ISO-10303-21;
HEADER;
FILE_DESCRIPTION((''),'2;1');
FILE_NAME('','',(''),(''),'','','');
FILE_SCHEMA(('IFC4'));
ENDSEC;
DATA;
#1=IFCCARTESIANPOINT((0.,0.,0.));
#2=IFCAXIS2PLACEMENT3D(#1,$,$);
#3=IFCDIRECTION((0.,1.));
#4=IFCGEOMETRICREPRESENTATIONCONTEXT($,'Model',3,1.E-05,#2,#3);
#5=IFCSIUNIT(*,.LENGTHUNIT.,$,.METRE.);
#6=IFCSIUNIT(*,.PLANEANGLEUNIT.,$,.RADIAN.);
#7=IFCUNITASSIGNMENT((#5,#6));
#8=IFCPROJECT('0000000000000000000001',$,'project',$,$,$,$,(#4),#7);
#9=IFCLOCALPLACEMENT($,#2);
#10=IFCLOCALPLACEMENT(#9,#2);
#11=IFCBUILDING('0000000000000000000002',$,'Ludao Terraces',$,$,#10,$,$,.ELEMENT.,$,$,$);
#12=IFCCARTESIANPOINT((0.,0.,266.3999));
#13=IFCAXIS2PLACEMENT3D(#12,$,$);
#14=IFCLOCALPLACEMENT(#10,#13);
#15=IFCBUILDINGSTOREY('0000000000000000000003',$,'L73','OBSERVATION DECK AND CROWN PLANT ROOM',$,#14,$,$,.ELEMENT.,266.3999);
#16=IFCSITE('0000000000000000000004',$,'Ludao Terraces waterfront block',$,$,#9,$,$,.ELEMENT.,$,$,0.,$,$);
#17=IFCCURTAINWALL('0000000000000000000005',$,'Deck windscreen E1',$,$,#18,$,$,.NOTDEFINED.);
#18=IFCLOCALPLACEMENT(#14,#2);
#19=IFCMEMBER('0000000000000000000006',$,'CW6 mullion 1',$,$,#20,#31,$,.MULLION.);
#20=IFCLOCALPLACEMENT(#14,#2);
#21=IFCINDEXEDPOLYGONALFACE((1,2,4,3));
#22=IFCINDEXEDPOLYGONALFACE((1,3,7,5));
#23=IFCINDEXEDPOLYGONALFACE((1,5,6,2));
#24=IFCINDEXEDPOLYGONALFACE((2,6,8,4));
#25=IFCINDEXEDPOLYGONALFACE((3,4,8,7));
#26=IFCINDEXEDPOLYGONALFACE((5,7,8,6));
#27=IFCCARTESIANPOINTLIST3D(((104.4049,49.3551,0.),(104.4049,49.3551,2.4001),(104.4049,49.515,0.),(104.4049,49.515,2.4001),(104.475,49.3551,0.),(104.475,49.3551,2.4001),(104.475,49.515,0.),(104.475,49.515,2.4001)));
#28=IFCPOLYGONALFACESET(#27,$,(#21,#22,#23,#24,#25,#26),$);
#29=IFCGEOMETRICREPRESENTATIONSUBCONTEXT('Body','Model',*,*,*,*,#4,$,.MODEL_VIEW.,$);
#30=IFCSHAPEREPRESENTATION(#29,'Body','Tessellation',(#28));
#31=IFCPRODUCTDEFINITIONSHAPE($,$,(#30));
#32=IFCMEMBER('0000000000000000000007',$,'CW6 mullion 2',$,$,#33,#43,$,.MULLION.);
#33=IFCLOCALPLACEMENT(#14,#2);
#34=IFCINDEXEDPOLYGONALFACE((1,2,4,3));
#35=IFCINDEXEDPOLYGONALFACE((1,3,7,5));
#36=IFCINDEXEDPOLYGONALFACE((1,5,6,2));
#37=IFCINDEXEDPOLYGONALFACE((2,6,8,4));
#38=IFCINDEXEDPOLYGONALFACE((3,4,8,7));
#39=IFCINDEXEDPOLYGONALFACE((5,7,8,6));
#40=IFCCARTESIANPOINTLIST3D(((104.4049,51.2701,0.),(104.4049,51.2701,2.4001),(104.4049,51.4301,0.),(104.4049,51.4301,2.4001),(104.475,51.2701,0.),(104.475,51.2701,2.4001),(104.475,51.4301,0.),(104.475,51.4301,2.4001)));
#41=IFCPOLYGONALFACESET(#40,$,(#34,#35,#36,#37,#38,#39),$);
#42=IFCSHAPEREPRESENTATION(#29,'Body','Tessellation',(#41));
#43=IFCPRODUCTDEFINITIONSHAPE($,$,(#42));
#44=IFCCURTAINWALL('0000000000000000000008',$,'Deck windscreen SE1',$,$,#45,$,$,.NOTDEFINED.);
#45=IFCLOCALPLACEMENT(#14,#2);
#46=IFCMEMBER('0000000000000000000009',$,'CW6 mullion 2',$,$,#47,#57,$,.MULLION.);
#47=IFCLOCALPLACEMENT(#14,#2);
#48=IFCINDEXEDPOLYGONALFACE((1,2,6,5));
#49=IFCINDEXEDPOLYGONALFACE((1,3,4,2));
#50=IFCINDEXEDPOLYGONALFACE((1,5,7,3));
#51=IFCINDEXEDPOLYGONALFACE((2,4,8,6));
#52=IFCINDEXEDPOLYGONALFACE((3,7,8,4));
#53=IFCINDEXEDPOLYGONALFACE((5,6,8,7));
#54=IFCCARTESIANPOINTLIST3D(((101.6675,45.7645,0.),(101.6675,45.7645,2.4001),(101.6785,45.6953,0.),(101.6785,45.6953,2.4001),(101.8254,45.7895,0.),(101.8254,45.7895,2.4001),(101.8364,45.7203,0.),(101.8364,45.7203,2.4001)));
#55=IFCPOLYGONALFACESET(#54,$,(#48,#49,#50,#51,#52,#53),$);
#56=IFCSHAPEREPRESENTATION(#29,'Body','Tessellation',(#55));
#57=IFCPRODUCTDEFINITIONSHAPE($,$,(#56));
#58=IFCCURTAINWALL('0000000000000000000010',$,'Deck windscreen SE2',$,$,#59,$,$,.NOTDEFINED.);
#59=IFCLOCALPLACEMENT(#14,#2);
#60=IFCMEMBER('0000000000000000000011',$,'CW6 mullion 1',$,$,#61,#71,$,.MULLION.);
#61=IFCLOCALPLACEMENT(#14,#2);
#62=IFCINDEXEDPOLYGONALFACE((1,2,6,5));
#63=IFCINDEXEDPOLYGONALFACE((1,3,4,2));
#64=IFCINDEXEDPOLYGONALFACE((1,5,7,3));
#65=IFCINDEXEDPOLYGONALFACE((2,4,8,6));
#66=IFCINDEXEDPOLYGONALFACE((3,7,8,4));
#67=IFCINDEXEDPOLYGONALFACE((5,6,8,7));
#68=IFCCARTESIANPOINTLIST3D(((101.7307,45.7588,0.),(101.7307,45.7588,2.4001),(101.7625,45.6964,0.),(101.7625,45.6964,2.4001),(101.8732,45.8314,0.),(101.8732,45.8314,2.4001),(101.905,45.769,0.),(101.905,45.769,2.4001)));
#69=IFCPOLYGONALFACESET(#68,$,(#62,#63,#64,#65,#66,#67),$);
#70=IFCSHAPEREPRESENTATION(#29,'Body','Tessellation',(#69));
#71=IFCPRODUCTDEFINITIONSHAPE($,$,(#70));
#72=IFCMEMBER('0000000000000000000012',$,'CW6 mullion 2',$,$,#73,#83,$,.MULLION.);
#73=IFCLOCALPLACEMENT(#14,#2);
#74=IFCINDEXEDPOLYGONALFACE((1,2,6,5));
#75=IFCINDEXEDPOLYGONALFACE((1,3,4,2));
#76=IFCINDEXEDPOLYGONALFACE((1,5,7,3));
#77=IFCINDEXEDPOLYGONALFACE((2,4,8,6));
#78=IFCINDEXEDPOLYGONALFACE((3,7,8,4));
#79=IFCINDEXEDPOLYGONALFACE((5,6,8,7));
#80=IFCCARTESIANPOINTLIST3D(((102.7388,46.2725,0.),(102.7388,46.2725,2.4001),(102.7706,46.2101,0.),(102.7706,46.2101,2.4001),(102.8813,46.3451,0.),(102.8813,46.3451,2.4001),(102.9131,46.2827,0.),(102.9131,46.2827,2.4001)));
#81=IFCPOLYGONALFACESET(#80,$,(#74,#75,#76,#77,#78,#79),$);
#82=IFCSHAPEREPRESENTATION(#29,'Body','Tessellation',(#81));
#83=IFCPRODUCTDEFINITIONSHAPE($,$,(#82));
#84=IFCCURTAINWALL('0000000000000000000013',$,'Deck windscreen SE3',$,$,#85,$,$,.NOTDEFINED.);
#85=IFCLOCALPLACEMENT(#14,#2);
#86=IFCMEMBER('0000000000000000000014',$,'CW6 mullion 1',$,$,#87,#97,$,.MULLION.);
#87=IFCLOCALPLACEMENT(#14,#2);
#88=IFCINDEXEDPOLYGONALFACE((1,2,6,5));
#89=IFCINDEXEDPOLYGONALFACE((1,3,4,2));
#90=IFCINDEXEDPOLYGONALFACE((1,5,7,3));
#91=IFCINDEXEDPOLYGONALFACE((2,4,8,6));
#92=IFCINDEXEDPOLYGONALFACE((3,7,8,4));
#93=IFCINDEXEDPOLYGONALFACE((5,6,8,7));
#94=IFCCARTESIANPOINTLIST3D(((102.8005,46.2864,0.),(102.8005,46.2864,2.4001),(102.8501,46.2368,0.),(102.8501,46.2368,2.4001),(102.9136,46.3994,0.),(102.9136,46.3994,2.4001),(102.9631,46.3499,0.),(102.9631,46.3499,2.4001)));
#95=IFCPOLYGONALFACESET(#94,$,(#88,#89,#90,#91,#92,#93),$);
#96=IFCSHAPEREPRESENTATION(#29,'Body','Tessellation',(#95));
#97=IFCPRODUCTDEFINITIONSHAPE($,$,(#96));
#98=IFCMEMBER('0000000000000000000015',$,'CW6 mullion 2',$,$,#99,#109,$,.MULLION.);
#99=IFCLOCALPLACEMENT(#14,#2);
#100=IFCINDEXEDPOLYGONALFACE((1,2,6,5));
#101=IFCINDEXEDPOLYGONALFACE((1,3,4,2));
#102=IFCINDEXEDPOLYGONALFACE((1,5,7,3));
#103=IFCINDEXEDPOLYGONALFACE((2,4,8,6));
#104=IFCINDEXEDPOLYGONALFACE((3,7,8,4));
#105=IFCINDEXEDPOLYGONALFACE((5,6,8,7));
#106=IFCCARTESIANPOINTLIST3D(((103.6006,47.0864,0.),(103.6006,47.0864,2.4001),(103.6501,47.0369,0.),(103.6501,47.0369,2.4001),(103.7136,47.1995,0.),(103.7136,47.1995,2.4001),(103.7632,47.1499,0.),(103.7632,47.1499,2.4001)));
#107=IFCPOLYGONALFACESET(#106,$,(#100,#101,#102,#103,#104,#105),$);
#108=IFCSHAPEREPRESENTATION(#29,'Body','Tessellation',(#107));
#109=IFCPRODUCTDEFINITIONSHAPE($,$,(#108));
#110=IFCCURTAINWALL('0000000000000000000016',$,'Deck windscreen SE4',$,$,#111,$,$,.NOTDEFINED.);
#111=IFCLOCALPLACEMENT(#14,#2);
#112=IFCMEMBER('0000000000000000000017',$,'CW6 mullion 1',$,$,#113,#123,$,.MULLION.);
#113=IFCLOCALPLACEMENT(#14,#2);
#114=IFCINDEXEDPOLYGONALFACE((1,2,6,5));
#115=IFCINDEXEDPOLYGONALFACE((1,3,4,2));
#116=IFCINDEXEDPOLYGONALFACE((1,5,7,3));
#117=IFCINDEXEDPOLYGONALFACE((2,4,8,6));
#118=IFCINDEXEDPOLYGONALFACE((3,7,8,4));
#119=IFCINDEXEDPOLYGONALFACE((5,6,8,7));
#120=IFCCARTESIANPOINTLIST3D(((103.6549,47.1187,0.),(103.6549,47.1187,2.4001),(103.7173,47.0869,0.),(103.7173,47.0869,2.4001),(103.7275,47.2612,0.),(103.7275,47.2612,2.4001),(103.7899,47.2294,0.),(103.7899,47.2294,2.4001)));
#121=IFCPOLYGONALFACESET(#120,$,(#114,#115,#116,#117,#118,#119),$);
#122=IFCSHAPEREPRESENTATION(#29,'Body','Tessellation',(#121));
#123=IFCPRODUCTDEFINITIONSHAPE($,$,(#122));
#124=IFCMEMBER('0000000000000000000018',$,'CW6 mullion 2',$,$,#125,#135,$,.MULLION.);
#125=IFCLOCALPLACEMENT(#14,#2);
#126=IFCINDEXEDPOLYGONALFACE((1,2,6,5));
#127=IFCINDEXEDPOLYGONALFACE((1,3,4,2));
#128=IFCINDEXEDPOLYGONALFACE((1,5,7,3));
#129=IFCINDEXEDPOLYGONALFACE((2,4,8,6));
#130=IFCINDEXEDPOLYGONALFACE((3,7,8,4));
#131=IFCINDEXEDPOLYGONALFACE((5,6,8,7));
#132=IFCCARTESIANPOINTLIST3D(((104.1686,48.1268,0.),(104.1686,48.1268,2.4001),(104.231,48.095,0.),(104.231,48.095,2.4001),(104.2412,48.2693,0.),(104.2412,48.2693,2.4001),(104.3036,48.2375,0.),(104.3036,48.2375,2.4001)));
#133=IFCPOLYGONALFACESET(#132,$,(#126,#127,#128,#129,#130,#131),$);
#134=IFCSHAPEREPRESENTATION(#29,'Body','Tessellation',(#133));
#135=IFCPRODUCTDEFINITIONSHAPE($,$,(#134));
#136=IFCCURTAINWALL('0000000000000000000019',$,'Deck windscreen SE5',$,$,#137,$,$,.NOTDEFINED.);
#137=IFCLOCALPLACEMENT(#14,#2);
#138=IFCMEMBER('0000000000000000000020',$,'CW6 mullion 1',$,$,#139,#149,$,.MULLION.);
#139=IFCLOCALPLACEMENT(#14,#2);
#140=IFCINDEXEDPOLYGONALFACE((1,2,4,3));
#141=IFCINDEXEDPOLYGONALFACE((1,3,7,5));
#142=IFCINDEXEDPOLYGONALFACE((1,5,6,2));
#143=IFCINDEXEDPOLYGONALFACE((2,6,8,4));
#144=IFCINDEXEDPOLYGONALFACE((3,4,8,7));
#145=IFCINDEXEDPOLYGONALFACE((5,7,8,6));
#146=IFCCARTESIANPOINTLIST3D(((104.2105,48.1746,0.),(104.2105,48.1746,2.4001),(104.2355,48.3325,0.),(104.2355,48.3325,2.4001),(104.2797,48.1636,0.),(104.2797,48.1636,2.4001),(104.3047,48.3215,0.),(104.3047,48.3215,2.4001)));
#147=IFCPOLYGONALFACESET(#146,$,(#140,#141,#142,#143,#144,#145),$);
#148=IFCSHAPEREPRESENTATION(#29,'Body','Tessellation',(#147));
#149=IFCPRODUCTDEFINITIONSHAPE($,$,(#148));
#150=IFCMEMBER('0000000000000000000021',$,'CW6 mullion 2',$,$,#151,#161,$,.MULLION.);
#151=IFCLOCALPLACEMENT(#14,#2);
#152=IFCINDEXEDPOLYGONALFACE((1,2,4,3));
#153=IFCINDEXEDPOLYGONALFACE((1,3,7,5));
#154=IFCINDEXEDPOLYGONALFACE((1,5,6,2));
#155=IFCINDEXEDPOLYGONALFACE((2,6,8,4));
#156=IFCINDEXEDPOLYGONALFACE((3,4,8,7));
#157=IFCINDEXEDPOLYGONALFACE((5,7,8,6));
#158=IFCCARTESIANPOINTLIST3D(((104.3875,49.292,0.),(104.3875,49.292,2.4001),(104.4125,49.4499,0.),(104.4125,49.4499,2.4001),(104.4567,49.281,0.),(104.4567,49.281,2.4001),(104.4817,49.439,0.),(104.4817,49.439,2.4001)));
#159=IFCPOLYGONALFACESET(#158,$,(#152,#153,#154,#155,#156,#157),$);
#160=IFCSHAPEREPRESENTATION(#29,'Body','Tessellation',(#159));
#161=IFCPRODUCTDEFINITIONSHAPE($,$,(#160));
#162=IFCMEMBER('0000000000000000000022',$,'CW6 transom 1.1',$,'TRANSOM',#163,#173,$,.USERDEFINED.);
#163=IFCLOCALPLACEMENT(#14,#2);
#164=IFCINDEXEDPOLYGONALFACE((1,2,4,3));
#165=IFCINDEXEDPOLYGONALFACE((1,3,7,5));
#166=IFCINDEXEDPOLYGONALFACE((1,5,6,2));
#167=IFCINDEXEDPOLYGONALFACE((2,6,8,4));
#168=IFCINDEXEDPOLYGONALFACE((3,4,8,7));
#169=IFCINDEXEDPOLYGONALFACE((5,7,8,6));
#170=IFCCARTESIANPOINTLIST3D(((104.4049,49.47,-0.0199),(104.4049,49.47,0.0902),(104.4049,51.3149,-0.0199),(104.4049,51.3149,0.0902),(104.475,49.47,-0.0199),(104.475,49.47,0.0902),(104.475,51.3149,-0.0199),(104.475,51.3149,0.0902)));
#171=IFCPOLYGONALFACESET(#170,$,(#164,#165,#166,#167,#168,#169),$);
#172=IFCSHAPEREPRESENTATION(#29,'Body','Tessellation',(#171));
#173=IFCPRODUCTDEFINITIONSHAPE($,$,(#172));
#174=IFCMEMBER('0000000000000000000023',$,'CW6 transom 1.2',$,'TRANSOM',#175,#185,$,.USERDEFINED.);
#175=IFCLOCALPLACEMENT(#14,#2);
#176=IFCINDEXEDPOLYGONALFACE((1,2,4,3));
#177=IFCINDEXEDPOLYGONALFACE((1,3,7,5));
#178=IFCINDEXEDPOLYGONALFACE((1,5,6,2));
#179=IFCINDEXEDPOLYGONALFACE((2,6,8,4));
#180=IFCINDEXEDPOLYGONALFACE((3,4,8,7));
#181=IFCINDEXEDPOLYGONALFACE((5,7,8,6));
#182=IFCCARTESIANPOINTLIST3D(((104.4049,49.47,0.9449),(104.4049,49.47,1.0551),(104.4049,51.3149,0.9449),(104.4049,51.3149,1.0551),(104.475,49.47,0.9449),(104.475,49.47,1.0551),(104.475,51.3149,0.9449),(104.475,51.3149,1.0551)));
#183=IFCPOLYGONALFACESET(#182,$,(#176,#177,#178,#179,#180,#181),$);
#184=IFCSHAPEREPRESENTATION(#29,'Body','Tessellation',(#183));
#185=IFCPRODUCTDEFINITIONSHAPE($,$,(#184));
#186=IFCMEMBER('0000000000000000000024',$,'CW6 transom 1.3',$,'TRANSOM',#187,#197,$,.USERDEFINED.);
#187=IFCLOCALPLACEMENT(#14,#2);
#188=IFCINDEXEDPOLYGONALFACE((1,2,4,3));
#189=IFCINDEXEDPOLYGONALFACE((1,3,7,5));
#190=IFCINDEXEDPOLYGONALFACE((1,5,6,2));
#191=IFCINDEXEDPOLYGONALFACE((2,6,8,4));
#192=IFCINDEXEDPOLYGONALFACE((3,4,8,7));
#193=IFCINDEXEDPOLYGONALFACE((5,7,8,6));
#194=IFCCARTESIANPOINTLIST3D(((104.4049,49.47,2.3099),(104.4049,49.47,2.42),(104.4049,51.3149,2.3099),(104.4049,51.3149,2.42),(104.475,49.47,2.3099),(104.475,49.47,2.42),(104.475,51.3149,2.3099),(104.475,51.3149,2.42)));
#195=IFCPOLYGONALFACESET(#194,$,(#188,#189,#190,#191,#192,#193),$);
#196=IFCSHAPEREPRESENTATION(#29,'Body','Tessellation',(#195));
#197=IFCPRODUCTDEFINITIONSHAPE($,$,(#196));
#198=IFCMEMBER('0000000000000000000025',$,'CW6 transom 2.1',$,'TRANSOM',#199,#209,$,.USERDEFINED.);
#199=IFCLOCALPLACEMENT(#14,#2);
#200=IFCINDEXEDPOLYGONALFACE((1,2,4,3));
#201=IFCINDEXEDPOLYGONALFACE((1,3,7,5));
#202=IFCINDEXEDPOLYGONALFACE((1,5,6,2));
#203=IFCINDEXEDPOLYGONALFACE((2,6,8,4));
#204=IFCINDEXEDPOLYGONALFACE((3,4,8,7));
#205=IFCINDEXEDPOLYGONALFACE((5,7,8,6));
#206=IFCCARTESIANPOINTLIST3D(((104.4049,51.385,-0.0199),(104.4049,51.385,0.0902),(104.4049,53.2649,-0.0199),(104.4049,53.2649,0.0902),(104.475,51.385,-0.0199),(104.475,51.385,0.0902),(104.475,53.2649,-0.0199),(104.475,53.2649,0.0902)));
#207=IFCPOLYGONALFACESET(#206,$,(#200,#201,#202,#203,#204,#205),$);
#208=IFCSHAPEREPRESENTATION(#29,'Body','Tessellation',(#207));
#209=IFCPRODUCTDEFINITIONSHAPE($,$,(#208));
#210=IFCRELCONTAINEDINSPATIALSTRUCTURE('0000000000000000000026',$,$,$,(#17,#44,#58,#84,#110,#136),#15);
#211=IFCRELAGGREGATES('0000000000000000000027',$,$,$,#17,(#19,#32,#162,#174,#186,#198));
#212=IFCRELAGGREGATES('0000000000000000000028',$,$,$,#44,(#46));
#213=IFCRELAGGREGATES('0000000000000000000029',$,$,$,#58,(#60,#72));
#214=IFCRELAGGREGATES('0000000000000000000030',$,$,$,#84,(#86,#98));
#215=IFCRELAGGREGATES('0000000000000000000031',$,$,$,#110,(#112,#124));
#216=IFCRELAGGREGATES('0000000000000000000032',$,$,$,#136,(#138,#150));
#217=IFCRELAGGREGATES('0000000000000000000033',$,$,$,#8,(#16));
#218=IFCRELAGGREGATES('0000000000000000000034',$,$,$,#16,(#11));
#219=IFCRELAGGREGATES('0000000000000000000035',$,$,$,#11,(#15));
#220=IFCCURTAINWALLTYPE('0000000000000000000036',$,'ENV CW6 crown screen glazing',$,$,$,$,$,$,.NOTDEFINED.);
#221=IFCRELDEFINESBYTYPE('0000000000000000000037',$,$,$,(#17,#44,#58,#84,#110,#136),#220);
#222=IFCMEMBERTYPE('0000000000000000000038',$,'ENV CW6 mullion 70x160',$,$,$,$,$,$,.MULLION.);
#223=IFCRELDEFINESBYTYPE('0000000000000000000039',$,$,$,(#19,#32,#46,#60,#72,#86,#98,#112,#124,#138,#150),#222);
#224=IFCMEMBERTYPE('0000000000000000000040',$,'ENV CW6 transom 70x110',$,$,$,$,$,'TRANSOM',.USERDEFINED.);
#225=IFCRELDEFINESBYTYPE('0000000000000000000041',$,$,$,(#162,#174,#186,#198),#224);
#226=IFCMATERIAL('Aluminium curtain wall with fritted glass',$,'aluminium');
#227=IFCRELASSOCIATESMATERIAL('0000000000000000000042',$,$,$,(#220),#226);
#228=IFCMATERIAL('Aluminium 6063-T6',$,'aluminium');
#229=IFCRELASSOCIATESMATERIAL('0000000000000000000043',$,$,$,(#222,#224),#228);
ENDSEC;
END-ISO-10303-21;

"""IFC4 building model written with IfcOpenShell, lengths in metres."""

from ifc_helpers import new_model, si_unit, direction, frame, origin, origin_2d, place, context, subcontext, project, spatial, rectangle, extrude, material, material_profile, profile_set, type_object, element, aggregate, save


model = new_model("IFC4")

# Units and contexts
model_context = context("Model", 3, precision=1e-05, world=origin(), true_north=direction((0.0, 1.0)))
body_context = subcontext(model_context, "Body", "Model", "MODEL_VIEW")
ifc_project = project(units=[si_unit("LENGTHUNIT", "METRE"), si_unit("PLANEANGLEUNIT", "RADIAN")], contexts=[model_context])

# Site, building, storey
site_placement = place(None, origin())
site = spatial("IfcSite", under=ifc_project, at=site_placement, Name="Ludao Terraces waterfront block", CompositionType="ELEMENT", RefElevation=0.0)
building_placement = place(site_placement, origin())
building = spatial("IfcBuilding", under=site, at=building_placement, Name="Ludao Terraces", CompositionType="ELEMENT")
storey_placement = place(building_placement, frame((0.0, 0.0, 266.3999)))
storey = spatial("IfcBuildingStorey", under=building, at=storey_placement, Name="L73", Description="OBSERVATION DECK AND CROWN PLANT ROOM", CompositionType="ELEMENT", Elevation=266.3999)

# Curtain wall, members
ifc_material_1 = material(Name="Aluminium curtain wall with fritted glass", Category="aluminium")
curtain_wall_type = type_object("IfcCurtainWallType", Name="ENV CW6 crown screen glazing", PredefinedType="NOTDEFINED", material=ifc_material_1)
curtain_wall_1_placement = place(storey_placement, origin())
curtain_wall_1 = element("IfcCurtainWall", 1, at=curtain_wall_1_placement, inside=storey, type_object=curtain_wall_type, Name="Deck windscreen E1", PredefinedType="NOTDEFINED")
ifc_material_2 = material(Name="Aluminium 6063-T6", Category="aluminium")
ifc_material_profile_1 = material_profile(ifc_material_2, rectangle(XDim=0.0701, YDim=0.1599, at=origin_2d()), Name="70 X 160")
ifc_profile_set_1 = profile_set([ifc_material_profile_1], Name="Aluminium 6063-T6")
member_type_1 = type_object("IfcMemberType", Name="ENV CW6 mullion 70x160", PredefinedType="MULLION", material=ifc_profile_set_1)
member_1_placement = place(storey_placement, frame((104.4399, 49.4351, 0.0), z_axis=(0.0, 0.0, 1.0), x_axis=(-1.0, 0.0, 0.0)))
member_1 = element("IfcMember", 2, at=member_1_placement, type_object=member_type_1, Name="CW6 mullion 1", PredefinedType="MULLION", context=body_context, shape_type="SweptSolid", body=[
    extrude(rectangle(XDim=0.0701, YDim=0.1599, at=origin_2d()), origin(), (0.0, 0.0, 1.0), 2.4001),
])
member_2_placement = place(storey_placement, frame((104.4399, 51.3501, 0.0), z_axis=(0.0, 0.0, 1.0), x_axis=(-1.0, 0.0, 0.0)))
member_2 = element("IfcMember", 3, at=member_2_placement, type_object=member_type_1, Name="CW6 mullion 2", PredefinedType="MULLION", context=body_context, shape_type="SweptSolid", body=[
    extrude(rectangle(XDim=0.0701, YDim=0.1599, at=origin_2d()), origin(), (0.0, 0.0, 1.0), 2.4001),
])

# Curtain wall, member
curtain_wall_2_placement = place(storey_placement, origin())
curtain_wall_2 = element("IfcCurtainWall", 4, at=curtain_wall_2_placement, inside=storey, type_object=curtain_wall_type, Name="Deck windscreen SE1", PredefinedType="NOTDEFINED")
member_3_placement = place(storey_placement, frame((101.752, 45.7424, 0.0), z_axis=(0.0, 0.0, 1.0), x_axis=(-0.156435, 0.987688, 0.0)))
member_3 = element("IfcMember", 5, at=member_3_placement, type_object=member_type_1, Name="CW6 mullion 2", PredefinedType="MULLION", context=body_context, shape_type="SweptSolid", body=[
    extrude(rectangle(XDim=0.0701, YDim=0.1599, at=origin_2d()), origin(), (0.0, 0.0, 1.0), 2.4001),
])

# Curtain walls, members
curtain_wall_3_placement = place(storey_placement, origin())
curtain_wall_3 = element("IfcCurtainWall", 6, at=curtain_wall_3_placement, inside=storey, type_object=curtain_wall_type, Name="Deck windscreen SE2", PredefinedType="NOTDEFINED")
member_4_placement = place(storey_placement, frame((101.8179, 45.7639, 0.0), z_axis=(0.0, 0.0, 1.0), x_axis=(-0.453991, 0.891006, 0.0)))
member_4 = element("IfcMember", 7, at=member_4_placement, type_object=member_type_1, Name="CW6 mullion 1", PredefinedType="MULLION", context=body_context, shape_type="SweptSolid", body=[
    extrude(rectangle(XDim=0.0701, YDim=0.1599, at=origin_2d()), origin(), (0.0, 0.0, 1.0), 2.4001),
])
member_5_placement = place(storey_placement, frame((102.8259, 46.2776, 0.0), z_axis=(0.0, 0.0, 1.0), x_axis=(-0.453991, 0.891006, 0.0)))
member_5 = element("IfcMember", 8, at=member_5_placement, type_object=member_type_1, Name="CW6 mullion 2", PredefinedType="MULLION", context=body_context, shape_type="SweptSolid", body=[
    extrude(rectangle(XDim=0.0701, YDim=0.1599, at=origin_2d()), origin(), (0.0, 0.0, 1.0), 2.4001),
])
curtain_wall_4_placement = place(storey_placement, origin())
curtain_wall_4 = element("IfcCurtainWall", 9, at=curtain_wall_4_placement, inside=storey, type_object=curtain_wall_type, Name="Deck windscreen SE3", PredefinedType="NOTDEFINED")
member_6_placement = place(storey_placement, frame((102.8818, 46.3181, 0.0), z_axis=(0.0, 0.0, 1.0), x_axis=(-0.707107, 0.707107, 0.0)))
member_6 = element("IfcMember", 10, at=member_6_placement, type_object=member_type_1, Name="CW6 mullion 1", PredefinedType="MULLION", context=body_context, shape_type="SweptSolid", body=[
    extrude(rectangle(XDim=0.0701, YDim=0.1599, at=origin_2d()), origin(), (0.0, 0.0, 1.0), 2.4001),
])
member_7_placement = place(storey_placement, frame((103.6819, 47.1182, 0.0), z_axis=(0.0, 0.0, 1.0), x_axis=(-0.707107, 0.707107, 0.0)))
member_7 = element("IfcMember", 11, at=member_7_placement, type_object=member_type_1, Name="CW6 mullion 2", PredefinedType="MULLION", context=body_context, shape_type="SweptSolid", body=[
    extrude(rectangle(XDim=0.0701, YDim=0.1599, at=origin_2d()), origin(), (0.0, 0.0, 1.0), 2.4001),
])
curtain_wall_5_placement = place(storey_placement, origin())
curtain_wall_5 = element("IfcCurtainWall", 12, at=curtain_wall_5_placement, inside=storey, type_object=curtain_wall_type, Name="Deck windscreen SE4", PredefinedType="NOTDEFINED")
member_8_placement = place(storey_placement, frame((103.7224, 47.1741, 0.0), z_axis=(0.0, 0.0, 1.0), x_axis=(-0.891006, 0.453991, 0.0)))
member_8 = element("IfcMember", 13, at=member_8_placement, type_object=member_type_1, Name="CW6 mullion 1", PredefinedType="MULLION", context=body_context, shape_type="SweptSolid", body=[
    extrude(rectangle(XDim=0.0701, YDim=0.1599, at=origin_2d()), origin(), (0.0, 0.0, 1.0), 2.4001),
])
member_9_placement = place(storey_placement, frame((104.2361, 48.1821, 0.0), z_axis=(0.0, 0.0, 1.0), x_axis=(-0.891006, 0.453991, 0.0)))
member_9 = element("IfcMember", 14, at=member_9_placement, type_object=member_type_1, Name="CW6 mullion 2", PredefinedType="MULLION", context=body_context, shape_type="SweptSolid", body=[
    extrude(rectangle(XDim=0.0701, YDim=0.1599, at=origin_2d()), origin(), (0.0, 0.0, 1.0), 2.4001),
])
curtain_wall_6_placement = place(storey_placement, origin())
curtain_wall_6 = element("IfcCurtainWall", 15, at=curtain_wall_6_placement, inside=storey, type_object=curtain_wall_type, Name="Deck windscreen SE5", PredefinedType="NOTDEFINED")
member_10_placement = place(storey_placement, frame((104.2576, 48.248, 0.0), z_axis=(0.0, 0.0, 1.0), x_axis=(-0.987688, 0.156435, 0.0)))
member_10 = element("IfcMember", 16, at=member_10_placement, type_object=member_type_1, Name="CW6 mullion 1", PredefinedType="MULLION", context=body_context, shape_type="SweptSolid", body=[
    extrude(rectangle(XDim=0.0701, YDim=0.1599, at=origin_2d()), origin(), (0.0, 0.0, 1.0), 2.4001),
])
member_11_placement = place(storey_placement, frame((104.4346, 49.3655, 0.0), z_axis=(0.0, 0.0, 1.0), x_axis=(-0.987688, 0.156435, 0.0)))
member_11 = element("IfcMember", 17, at=member_11_placement, type_object=member_type_1, Name="CW6 mullion 2", PredefinedType="MULLION", context=body_context, shape_type="SweptSolid", body=[
    extrude(rectangle(XDim=0.0701, YDim=0.1599, at=origin_2d()), origin(), (0.0, 0.0, 1.0), 2.4001),
])

# Members
ifc_material_profile_2 = material_profile(ifc_material_2, rectangle(XDim=0.0701, YDim=0.1101, at=origin_2d()), Name="70 X 110")
ifc_profile_set_2 = profile_set([ifc_material_profile_2], Name="Aluminium 6063-T6")
member_type_2 = type_object("IfcMemberType", Name="ENV CW6 transom 70x110", ElementType="TRANSOM", PredefinedType="USERDEFINED", material=ifc_profile_set_2)
member_12_placement = place(storey_placement, frame((104.4399, 49.47, 0.0352), z_axis=(0.0, 1.0, 0.0), x_axis=(-1.0, 0.0, 0.0)))
member_12 = element("IfcMember", 18, at=member_12_placement, type_object=member_type_2, Name="CW6 transom 1.1", ObjectType="TRANSOM", PredefinedType="USERDEFINED", context=body_context, shape_type="SweptSolid", body=[
    extrude(rectangle(XDim=0.0701, YDim=0.1101, at=origin_2d()), origin(), (0.0, 0.0, 1.0), 1.845),
])
member_13_placement = place(storey_placement, frame((104.4399, 49.47, 1.0), z_axis=(0.0, 1.0, 0.0), x_axis=(-1.0, 0.0, 0.0)))
member_13 = element("IfcMember", 19, at=member_13_placement, type_object=member_type_2, Name="CW6 transom 1.2", ObjectType="TRANSOM", PredefinedType="USERDEFINED", context=body_context, shape_type="SweptSolid", body=[
    extrude(rectangle(XDim=0.0701, YDim=0.1101, at=origin_2d()), origin(), (0.0, 0.0, 1.0), 1.845),
])
member_14_placement = place(storey_placement, frame((104.4399, 49.47, 2.365), z_axis=(0.0, 1.0, 0.0), x_axis=(-1.0, 0.0, 0.0)))
member_14 = element("IfcMember", 20, at=member_14_placement, type_object=member_type_2, Name="CW6 transom 1.3", ObjectType="TRANSOM", PredefinedType="USERDEFINED", context=body_context, shape_type="SweptSolid", body=[
    extrude(rectangle(XDim=0.0701, YDim=0.1101, at=origin_2d()), origin(), (0.0, 0.0, 1.0), 1.845),
])
member_15_placement = place(storey_placement, frame((104.4399, 51.385, 0.0352), z_axis=(0.0, 1.0, 0.0), x_axis=(-1.0, 0.0, 0.0)))
member_15 = element("IfcMember", 21, at=member_15_placement, type_object=member_type_2, Name="CW6 transom 2.1", ObjectType="TRANSOM", PredefinedType="USERDEFINED", context=body_context, shape_type="SweptSolid", body=[
    extrude(rectangle(XDim=0.0701, YDim=0.1101, at=origin_2d()), origin(), (0.0, 0.0, 1.0), 1.8799),
])

aggregate(curtain_wall_1, [member_1, member_2, member_12, member_13, member_14, member_15])
aggregate(curtain_wall_2, [member_3])
aggregate(curtain_wall_3, [member_4, member_5])
aggregate(curtain_wall_4, [member_6, member_7])
aggregate(curtain_wall_5, [member_8, member_9])
aggregate(curtain_wall_6, [member_10, member_11])

save(model, "model.ifc")
